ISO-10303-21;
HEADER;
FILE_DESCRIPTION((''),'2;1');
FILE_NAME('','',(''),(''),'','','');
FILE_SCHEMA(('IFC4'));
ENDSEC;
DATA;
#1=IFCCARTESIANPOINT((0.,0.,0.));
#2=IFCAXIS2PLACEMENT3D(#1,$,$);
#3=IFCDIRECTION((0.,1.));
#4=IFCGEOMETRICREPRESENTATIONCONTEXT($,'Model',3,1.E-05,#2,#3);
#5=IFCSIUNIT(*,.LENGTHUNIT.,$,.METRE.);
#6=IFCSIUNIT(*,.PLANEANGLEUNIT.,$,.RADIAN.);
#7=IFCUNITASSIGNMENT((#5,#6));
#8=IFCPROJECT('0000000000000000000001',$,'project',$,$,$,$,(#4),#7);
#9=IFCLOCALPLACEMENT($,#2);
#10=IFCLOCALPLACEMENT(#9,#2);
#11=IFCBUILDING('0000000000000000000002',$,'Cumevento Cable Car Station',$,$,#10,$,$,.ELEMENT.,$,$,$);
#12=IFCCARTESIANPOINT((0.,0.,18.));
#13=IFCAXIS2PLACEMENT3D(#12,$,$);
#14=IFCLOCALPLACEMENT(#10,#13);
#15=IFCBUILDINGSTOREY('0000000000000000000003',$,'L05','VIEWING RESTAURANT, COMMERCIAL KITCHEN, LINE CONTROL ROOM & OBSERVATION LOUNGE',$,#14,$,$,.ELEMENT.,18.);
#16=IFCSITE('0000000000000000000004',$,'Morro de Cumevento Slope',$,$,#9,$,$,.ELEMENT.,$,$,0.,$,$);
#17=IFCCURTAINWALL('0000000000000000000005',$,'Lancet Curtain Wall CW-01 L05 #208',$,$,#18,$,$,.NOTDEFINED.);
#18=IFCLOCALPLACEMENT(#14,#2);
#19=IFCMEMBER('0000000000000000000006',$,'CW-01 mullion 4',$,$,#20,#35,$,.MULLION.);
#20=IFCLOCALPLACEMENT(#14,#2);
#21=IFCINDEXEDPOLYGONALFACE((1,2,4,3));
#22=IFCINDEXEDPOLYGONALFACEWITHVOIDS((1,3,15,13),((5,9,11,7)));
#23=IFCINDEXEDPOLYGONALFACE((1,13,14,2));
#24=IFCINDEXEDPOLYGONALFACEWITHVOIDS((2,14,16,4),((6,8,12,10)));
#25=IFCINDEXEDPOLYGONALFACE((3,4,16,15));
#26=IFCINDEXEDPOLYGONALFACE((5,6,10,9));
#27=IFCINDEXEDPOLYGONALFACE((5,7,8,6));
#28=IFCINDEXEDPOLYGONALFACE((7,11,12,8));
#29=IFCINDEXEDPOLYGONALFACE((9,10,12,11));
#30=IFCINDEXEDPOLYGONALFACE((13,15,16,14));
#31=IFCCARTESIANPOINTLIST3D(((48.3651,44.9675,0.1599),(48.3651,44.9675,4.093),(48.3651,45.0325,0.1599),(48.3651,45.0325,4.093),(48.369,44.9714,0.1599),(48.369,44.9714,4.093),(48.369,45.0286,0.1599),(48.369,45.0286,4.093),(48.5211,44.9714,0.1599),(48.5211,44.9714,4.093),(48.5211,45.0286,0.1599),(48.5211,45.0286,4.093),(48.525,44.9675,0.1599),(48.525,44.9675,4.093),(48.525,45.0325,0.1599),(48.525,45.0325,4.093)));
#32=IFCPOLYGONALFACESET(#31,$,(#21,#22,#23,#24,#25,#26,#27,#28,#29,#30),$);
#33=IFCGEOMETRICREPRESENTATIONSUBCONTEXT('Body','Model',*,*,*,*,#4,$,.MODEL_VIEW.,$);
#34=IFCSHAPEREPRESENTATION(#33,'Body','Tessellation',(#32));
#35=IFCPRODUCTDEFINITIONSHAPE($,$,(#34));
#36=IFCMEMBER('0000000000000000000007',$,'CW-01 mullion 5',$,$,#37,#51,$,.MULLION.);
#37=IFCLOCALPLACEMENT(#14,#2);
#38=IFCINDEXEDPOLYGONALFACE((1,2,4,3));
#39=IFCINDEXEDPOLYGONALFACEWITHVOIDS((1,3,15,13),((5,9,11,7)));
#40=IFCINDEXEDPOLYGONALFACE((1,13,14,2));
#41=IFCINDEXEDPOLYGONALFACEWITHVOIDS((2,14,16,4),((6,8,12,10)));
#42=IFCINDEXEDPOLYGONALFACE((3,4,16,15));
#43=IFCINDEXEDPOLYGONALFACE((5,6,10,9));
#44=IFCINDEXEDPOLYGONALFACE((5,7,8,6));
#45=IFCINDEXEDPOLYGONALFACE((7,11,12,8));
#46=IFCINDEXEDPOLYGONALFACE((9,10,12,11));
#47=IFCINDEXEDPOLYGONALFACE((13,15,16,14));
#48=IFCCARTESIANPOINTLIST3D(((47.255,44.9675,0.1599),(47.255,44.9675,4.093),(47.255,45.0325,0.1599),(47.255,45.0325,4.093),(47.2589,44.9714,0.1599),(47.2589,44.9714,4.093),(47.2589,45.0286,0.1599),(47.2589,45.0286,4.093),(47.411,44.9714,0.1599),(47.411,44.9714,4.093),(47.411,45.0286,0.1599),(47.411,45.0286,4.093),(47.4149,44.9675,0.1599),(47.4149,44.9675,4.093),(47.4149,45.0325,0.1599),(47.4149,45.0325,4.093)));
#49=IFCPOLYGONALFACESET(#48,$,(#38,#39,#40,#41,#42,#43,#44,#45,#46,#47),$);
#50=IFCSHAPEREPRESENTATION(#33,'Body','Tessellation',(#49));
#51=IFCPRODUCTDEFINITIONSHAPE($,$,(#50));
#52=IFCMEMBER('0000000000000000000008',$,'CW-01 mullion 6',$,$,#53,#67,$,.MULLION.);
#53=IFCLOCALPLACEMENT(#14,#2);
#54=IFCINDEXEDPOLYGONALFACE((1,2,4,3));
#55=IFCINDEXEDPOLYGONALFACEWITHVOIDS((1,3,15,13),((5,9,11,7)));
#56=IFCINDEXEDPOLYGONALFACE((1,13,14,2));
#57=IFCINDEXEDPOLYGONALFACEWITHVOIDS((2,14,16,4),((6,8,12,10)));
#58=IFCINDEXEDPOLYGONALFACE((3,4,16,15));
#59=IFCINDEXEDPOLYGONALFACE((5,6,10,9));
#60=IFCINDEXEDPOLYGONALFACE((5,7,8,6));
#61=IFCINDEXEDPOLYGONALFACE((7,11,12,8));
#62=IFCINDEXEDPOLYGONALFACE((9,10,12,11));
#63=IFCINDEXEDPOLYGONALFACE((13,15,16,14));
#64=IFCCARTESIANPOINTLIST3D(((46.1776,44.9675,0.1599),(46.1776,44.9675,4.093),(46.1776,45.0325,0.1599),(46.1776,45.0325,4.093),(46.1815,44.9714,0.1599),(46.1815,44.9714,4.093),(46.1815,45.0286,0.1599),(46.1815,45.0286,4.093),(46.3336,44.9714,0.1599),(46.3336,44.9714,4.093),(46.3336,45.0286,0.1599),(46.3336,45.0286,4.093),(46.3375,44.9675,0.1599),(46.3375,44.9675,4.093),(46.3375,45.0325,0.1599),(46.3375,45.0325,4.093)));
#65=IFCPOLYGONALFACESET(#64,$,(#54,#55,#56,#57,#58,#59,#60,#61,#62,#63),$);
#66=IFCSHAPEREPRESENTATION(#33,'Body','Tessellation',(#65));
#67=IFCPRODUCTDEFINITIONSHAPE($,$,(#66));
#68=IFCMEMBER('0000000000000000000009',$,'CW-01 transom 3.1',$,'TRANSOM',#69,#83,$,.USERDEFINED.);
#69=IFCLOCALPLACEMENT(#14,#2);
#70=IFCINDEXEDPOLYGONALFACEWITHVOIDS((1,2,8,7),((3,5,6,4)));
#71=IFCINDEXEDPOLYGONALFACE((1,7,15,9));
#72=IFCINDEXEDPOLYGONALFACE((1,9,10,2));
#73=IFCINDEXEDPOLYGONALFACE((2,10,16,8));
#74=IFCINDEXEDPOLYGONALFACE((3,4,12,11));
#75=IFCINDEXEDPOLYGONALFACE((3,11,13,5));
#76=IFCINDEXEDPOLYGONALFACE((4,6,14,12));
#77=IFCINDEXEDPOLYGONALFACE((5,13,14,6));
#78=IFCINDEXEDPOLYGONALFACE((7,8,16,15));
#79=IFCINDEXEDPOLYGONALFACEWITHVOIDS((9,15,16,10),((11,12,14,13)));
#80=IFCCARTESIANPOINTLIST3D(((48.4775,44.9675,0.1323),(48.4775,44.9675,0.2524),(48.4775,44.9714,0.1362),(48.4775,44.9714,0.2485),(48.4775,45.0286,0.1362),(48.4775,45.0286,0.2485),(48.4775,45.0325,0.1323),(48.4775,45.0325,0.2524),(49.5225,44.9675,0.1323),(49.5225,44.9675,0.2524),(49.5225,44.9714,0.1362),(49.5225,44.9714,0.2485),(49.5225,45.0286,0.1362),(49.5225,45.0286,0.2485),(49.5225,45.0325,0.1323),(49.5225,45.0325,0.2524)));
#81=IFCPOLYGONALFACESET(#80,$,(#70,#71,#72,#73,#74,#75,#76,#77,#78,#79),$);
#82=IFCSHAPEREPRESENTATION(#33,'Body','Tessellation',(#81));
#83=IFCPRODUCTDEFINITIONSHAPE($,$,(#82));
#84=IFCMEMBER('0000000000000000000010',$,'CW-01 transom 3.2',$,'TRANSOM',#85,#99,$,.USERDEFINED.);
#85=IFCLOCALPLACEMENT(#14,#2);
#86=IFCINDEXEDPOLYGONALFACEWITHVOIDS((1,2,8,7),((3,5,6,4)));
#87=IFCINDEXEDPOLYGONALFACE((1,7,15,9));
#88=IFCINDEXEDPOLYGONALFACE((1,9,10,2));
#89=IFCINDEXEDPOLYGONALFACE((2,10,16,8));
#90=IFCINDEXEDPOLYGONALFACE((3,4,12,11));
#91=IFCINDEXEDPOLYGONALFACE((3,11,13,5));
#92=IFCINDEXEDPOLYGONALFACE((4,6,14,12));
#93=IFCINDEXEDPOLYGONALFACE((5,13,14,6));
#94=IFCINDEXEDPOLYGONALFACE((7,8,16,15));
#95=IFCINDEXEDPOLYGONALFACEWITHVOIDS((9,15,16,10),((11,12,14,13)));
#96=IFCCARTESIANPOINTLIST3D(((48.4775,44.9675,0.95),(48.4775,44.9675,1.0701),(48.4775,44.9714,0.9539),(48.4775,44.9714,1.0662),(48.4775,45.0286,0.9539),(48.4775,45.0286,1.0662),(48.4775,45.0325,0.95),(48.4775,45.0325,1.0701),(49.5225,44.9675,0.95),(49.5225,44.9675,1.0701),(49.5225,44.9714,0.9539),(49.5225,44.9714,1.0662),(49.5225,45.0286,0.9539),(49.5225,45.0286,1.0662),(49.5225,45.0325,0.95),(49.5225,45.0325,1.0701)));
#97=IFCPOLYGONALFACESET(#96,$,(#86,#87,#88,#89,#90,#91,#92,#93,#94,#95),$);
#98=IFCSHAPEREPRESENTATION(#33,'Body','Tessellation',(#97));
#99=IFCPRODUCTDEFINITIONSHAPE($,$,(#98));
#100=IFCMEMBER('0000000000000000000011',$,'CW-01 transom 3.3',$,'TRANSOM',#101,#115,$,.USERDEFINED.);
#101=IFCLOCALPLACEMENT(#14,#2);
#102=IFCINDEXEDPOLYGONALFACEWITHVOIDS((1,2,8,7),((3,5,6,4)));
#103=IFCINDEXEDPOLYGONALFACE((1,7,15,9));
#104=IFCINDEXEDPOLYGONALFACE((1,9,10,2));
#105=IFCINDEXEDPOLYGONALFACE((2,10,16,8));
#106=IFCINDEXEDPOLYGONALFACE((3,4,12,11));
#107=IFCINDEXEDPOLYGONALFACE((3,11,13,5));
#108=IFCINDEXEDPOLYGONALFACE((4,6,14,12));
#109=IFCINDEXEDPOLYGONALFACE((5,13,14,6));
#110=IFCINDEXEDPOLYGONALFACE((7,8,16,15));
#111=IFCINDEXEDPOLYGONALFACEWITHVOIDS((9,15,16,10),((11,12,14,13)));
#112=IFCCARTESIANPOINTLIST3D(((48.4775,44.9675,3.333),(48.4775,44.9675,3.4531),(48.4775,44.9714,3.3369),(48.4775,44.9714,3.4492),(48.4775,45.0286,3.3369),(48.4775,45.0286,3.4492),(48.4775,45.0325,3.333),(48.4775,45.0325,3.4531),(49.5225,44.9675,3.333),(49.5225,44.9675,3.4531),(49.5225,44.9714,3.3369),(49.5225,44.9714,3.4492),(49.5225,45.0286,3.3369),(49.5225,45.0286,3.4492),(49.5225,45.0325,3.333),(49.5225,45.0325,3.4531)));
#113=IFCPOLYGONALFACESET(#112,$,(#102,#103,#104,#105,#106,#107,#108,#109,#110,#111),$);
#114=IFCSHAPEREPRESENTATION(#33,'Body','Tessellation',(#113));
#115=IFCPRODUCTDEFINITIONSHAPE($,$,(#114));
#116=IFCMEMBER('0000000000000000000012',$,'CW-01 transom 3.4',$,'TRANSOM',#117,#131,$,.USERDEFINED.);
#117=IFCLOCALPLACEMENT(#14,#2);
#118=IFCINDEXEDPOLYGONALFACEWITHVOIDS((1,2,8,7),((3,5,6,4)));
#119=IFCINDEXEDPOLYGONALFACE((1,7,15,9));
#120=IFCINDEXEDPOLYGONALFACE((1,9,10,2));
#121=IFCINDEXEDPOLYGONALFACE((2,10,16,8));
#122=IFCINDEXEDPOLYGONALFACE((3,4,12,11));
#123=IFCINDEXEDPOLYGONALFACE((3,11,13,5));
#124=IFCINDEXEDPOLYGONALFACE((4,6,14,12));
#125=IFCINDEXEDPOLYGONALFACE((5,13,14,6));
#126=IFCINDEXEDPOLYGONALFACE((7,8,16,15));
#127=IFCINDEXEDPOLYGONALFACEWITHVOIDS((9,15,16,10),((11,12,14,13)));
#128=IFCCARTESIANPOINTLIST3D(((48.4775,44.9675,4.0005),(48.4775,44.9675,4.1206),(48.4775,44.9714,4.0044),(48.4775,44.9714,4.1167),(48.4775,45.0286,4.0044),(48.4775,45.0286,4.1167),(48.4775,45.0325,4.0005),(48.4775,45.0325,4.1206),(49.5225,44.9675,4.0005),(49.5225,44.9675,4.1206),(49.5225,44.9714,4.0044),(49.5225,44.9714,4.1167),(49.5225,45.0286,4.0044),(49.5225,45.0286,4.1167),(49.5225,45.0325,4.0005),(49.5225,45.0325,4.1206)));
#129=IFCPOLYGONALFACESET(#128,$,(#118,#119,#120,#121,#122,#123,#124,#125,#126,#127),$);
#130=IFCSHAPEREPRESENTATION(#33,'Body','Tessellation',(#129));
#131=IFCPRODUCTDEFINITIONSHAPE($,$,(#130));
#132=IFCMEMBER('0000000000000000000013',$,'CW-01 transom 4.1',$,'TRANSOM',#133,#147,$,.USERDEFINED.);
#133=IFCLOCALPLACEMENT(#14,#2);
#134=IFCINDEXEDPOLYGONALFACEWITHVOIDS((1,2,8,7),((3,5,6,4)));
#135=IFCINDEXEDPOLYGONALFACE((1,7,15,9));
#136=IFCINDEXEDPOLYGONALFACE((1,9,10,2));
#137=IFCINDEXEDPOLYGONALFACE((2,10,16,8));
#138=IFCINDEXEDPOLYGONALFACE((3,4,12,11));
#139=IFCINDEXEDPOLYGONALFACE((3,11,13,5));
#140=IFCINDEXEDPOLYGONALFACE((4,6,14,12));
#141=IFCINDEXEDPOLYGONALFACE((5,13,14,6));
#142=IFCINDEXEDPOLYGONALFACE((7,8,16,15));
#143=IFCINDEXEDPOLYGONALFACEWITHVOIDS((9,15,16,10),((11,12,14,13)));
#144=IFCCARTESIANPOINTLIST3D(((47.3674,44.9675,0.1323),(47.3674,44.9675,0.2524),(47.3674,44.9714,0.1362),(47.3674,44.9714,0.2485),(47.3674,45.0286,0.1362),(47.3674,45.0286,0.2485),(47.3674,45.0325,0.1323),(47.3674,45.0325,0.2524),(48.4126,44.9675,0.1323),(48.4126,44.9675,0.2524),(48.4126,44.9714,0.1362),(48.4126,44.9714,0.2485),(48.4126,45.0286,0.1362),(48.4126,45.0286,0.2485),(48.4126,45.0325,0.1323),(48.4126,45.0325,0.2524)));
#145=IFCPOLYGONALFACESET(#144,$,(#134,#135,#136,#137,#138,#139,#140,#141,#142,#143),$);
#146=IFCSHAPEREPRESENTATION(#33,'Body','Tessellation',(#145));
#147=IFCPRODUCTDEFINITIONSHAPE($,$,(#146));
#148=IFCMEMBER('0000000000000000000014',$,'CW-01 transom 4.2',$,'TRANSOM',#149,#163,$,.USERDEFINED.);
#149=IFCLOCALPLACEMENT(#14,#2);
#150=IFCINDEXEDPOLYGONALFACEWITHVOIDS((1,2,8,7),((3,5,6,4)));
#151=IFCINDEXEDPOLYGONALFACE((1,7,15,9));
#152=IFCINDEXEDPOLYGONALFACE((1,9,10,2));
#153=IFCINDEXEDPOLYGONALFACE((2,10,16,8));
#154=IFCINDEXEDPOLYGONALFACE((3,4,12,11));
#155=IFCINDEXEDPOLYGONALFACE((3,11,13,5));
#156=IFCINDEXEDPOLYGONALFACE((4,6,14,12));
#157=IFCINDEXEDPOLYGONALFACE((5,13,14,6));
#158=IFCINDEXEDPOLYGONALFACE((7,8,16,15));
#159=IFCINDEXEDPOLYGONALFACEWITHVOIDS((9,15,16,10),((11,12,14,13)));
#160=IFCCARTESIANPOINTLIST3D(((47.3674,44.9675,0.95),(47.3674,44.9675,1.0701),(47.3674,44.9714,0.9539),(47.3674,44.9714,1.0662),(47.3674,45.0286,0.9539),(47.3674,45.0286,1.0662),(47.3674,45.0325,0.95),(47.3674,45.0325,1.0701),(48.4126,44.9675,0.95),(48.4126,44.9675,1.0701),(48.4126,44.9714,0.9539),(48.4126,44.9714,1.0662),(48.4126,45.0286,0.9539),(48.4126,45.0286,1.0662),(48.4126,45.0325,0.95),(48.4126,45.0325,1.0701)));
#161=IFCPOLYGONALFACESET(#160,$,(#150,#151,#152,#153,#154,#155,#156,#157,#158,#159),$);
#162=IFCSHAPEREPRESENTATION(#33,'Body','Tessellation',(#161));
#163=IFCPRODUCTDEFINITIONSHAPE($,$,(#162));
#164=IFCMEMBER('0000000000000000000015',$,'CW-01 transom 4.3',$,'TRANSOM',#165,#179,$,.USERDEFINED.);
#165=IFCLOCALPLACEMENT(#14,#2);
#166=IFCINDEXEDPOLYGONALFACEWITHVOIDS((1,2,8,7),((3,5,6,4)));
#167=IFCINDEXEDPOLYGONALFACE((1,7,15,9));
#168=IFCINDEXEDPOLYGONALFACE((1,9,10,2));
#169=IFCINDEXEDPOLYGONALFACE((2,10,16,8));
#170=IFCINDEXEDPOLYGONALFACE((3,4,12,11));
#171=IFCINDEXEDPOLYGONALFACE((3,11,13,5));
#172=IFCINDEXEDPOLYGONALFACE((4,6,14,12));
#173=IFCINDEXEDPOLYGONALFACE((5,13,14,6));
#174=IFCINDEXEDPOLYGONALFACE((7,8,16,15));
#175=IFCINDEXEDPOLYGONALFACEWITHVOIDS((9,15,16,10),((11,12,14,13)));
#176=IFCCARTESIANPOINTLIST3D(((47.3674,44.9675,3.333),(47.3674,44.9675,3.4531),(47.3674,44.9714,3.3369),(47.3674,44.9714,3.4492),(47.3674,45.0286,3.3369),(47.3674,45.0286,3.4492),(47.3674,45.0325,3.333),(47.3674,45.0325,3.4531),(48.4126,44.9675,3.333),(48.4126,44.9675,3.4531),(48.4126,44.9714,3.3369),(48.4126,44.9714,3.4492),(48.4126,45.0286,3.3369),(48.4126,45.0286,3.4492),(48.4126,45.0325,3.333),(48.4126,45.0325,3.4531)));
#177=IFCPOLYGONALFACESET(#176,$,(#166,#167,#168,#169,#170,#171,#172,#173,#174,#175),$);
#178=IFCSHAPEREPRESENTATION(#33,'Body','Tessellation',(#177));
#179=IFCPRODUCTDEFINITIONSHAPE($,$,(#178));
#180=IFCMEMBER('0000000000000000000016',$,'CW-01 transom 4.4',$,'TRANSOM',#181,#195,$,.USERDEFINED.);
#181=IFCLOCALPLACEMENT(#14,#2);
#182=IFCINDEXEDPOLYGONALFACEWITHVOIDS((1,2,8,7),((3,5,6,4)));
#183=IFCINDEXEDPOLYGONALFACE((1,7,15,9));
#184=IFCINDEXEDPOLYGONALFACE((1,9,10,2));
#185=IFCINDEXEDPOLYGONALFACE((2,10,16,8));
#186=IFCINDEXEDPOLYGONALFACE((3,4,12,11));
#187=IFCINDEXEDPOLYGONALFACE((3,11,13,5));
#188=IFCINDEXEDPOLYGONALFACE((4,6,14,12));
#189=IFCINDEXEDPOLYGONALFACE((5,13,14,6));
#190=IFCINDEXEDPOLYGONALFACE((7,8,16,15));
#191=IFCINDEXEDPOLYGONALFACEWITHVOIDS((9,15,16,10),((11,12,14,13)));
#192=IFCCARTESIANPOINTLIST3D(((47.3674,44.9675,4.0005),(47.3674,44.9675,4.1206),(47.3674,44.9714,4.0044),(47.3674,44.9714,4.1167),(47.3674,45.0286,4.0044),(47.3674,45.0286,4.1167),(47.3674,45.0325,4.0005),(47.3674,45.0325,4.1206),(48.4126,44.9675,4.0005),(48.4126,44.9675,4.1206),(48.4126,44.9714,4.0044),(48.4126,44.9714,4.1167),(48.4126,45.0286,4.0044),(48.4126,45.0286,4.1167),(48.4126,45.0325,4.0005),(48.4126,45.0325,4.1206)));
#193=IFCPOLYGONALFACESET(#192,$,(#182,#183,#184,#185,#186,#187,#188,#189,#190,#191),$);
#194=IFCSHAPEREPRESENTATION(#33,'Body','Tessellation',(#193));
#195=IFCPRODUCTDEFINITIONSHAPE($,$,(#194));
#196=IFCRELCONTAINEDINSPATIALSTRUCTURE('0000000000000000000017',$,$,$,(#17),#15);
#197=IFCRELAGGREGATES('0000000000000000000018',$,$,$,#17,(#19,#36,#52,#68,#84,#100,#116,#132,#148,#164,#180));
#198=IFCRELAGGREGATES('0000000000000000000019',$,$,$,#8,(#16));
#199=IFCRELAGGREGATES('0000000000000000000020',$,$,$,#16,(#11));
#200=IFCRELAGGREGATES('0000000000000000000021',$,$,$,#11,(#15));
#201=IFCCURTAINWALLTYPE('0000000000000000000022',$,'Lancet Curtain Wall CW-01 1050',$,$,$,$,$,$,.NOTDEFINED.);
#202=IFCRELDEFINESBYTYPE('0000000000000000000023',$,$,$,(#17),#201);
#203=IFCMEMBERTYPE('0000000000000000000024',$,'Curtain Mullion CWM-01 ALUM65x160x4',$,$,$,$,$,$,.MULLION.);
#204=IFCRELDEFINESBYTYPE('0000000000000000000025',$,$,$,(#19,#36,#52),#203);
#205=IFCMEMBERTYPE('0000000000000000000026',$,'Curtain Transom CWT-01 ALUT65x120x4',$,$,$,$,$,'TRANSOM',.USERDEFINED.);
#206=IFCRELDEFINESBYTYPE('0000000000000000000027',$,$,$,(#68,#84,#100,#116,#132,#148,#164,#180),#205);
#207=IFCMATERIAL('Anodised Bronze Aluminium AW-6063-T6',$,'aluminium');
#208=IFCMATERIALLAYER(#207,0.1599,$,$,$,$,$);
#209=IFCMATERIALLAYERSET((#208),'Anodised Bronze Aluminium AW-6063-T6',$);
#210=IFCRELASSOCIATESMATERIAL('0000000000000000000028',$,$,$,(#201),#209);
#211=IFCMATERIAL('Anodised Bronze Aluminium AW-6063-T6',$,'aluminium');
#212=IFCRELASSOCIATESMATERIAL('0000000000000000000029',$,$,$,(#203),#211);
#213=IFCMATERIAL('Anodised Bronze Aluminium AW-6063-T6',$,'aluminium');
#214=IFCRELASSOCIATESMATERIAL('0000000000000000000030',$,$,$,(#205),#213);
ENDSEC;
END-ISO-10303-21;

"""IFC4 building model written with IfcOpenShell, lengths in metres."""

from ifc_helpers import new_model, si_unit, direction, frame, origin, origin_2d, place, context, subcontext, project, spatial, hollow_rectangle, extrude, material, layer, layer_set, material_profile, profile_set, type_object, element, aggregate, save


model = new_model("IFC4")

# Units and contexts
model_context = context("Model", 3, precision=1e-05, world=origin(), true_north=direction((0.0, 1.0)))
body_context = subcontext(model_context, "Body", "Model", "MODEL_VIEW")
ifc_project = project(units=[si_unit("LENGTHUNIT", "METRE"), si_unit("PLANEANGLEUNIT", "RADIAN")], contexts=[model_context])

# Site, building, storey
site_placement = place(None, origin())
site = spatial("IfcSite", under=ifc_project, at=site_placement, Name="Morro de Cumevento Slope", CompositionType="ELEMENT", RefElevation=0.0)
building_placement = place(site_placement, origin())
building = spatial("IfcBuilding", under=site, at=building_placement, Name="Cumevento Cable Car Station", CompositionType="ELEMENT")
storey_placement = place(building_placement, frame((0.0, 0.0, 18.0)))
storey = spatial("IfcBuildingStorey", under=building, at=storey_placement, Name="L05", Description="VIEWING RESTAURANT, COMMERCIAL KITCHEN, LINE CONTROL ROOM & OBSERVATION LOUNGE", CompositionType="ELEMENT", Elevation=18.0)

# Curtain wall, members
ifc_material_1 = material(Name="Anodised Bronze Aluminium AW-6063-T6", Category="aluminium")
ifc_layer_1 = layer(ifc_material_1, 0.1599)
ifc_layer_set_1 = layer_set([ifc_layer_1], Name="Anodised Bronze Aluminium AW-6063-T6")
curtain_wall_type = type_object("IfcCurtainWallType", Name="Lancet Curtain Wall CW-01 1050", PredefinedType="NOTDEFINED", material=ifc_layer_set_1)
curtain_wall_placement = place(storey_placement, origin())
curtain_wall = element("IfcCurtainWall", 1, at=curtain_wall_placement, inside=storey, type_object=curtain_wall_type, Name="Lancet Curtain Wall CW-01 L05 #208", PredefinedType="NOTDEFINED")
ifc_material_2 = material(Name="Anodised Bronze Aluminium AW-6063-T6", Category="aluminium")
ifc_material_profile_1 = material_profile(ifc_material_2, hollow_rectangle(XDim=0.0649, YDim=0.1599, WallThickness=0.0039, at=origin_2d()), Name="ALUM65x160x4")
ifc_profile_set_1 = profile_set([ifc_material_profile_1], Name="Anodised Bronze Aluminium AW-6063-T6")
member_type_1 = type_object("IfcMemberType", Name="Curtain Mullion CWM-01 ALUM65x160x4", PredefinedType="MULLION", material=ifc_profile_set_1)
member_1_placement = place(storey_placement, frame((48.4451, 45.0, 0.1599), z_axis=(0.0, 0.0, 1.0), x_axis=(0.0, -1.0, 0.0)))
member_1 = element("IfcMember", 2, at=member_1_placement, type_object=member_type_1, Name="CW-01 mullion 4", PredefinedType="MULLION", context=body_context, shape_type="SweptSolid", body=[
    extrude(hollow_rectangle(XDim=0.0649, YDim=0.1599, WallThickness=0.0039, at=origin_2d()), origin(), (0.0, 0.0, 1.0), 3.9331),
])
member_2_placement = place(storey_placement, frame((47.335, 45.0, 0.1599), z_axis=(0.0, 0.0, 1.0), x_axis=(0.0, -1.0, 0.0)))
member_2 = element("IfcMember", 3, at=member_2_placement, type_object=member_type_1, Name="CW-01 mullion 5", PredefinedType="MULLION", context=body_context, shape_type="SweptSolid", body=[
    extrude(hollow_rectangle(XDim=0.0649, YDim=0.1599, WallThickness=0.0039, at=origin_2d()), origin(), (0.0, 0.0, 1.0), 3.9331),
])
member_3_placement = place(storey_placement, frame((46.2576, 45.0, 0.1599), z_axis=(0.0, 0.0, 1.0), x_axis=(0.0, -1.0, 0.0)))
member_3 = element("IfcMember", 4, at=member_3_placement, type_object=member_type_1, Name="CW-01 mullion 6", PredefinedType="MULLION", context=body_context, shape_type="SweptSolid", body=[
    extrude(hollow_rectangle(XDim=0.0649, YDim=0.1599, WallThickness=0.0039, at=origin_2d()), origin(), (0.0, 0.0, 1.0), 3.9331),
])
ifc_material_3 = material(Name="Anodised Bronze Aluminium AW-6063-T6", Category="aluminium")
ifc_material_profile_2 = material_profile(ifc_material_3, hollow_rectangle(XDim=0.0649, YDim=0.1201, WallThickness=0.0039, at=origin_2d()), Name="ALUT65x120x4")
ifc_profile_set_2 = profile_set([ifc_material_profile_2], Name="Anodised Bronze Aluminium AW-6063-T6")
member_type_2 = type_object("IfcMemberType", Name="Curtain Transom CWT-01 ALUT65x120x4", ElementType="TRANSOM", PredefinedType="USERDEFINED", material=ifc_profile_set_2)
member_4_placement = place(storey_placement, frame((49.5225, 45.0, 0.1924), z_axis=(-1.0, 0.0, 0.0), x_axis=(0.0, -1.0, 0.0)))
member_4 = element("IfcMember", 5, at=member_4_placement, type_object=member_type_2, Name="CW-01 transom 3.1", ObjectType="TRANSOM", PredefinedType="USERDEFINED", context=body_context, shape_type="SweptSolid", body=[
    extrude(hollow_rectangle(XDim=0.0649, YDim=0.1201, WallThickness=0.0039, at=origin_2d()), origin(), (0.0, 0.0, 1.0), 1.0449),
])
member_5_placement = place(storey_placement, frame((49.5225, 45.0, 1.01), z_axis=(-1.0, 0.0, 0.0), x_axis=(0.0, -1.0, 0.0)))
member_5 = element("IfcMember", 6, at=member_5_placement, type_object=member_type_2, Name="CW-01 transom 3.2", ObjectType="TRANSOM", PredefinedType="USERDEFINED", context=body_context, shape_type="SweptSolid", body=[
    extrude(hollow_rectangle(XDim=0.0649, YDim=0.1201, WallThickness=0.0039, at=origin_2d()), origin(), (0.0, 0.0, 1.0), 1.0449),
])
member_6_placement = place(storey_placement, frame((49.5225, 45.0, 3.3931), z_axis=(-1.0, 0.0, 0.0), x_axis=(0.0, -1.0, 0.0)))
member_6 = element("IfcMember", 7, at=member_6_placement, type_object=member_type_2, Name="CW-01 transom 3.3", ObjectType="TRANSOM", PredefinedType="USERDEFINED", context=body_context, shape_type="SweptSolid", body=[
    extrude(hollow_rectangle(XDim=0.0649, YDim=0.1201, WallThickness=0.0039, at=origin_2d()), origin(), (0.0, 0.0, 1.0), 1.0449),
])
member_7_placement = place(storey_placement, frame((49.5225, 45.0, 4.0605), z_axis=(-1.0, 0.0, 0.0), x_axis=(0.0, -1.0, 0.0)))
member_7 = element("IfcMember", 8, at=member_7_placement, type_object=member_type_2, Name="CW-01 transom 3.4", ObjectType="TRANSOM", PredefinedType="USERDEFINED", context=body_context, shape_type="SweptSolid", body=[
    extrude(hollow_rectangle(XDim=0.0649, YDim=0.1201, WallThickness=0.0039, at=origin_2d()), origin(), (0.0, 0.0, 1.0), 1.0449),
])
member_8_placement = place(storey_placement, frame((48.4126, 45.0, 0.1924), z_axis=(-1.0, 0.0, 0.0), x_axis=(0.0, -1.0, 0.0)))
member_8 = element("IfcMember", 9, at=member_8_placement, type_object=member_type_2, Name="CW-01 transom 4.1", ObjectType="TRANSOM", PredefinedType="USERDEFINED", context=body_context, shape_type="SweptSolid", body=[
    extrude(hollow_rectangle(XDim=0.0649, YDim=0.1201, WallThickness=0.0039, at=origin_2d()), origin(), (0.0, 0.0, 1.0), 1.0452),
])
member_9_placement = place(storey_placement, frame((48.4126, 45.0, 1.01), z_axis=(-1.0, 0.0, 0.0), x_axis=(0.0, -1.0, 0.0)))
member_9 = element("IfcMember", 10, at=member_9_placement, type_object=member_type_2, Name="CW-01 transom 4.2", ObjectType="TRANSOM", PredefinedType="USERDEFINED", context=body_context, shape_type="SweptSolid", body=[
    extrude(hollow_rectangle(XDim=0.0649, YDim=0.1201, WallThickness=0.0039, at=origin_2d()), origin(), (0.0, 0.0, 1.0), 1.0452),
])
member_10_placement = place(storey_placement, frame((48.4126, 45.0, 3.3931), z_axis=(-1.0, 0.0, 0.0), x_axis=(0.0, -1.0, 0.0)))
member_10 = element("IfcMember", 11, at=member_10_placement, type_object=member_type_2, Name="CW-01 transom 4.3", ObjectType="TRANSOM", PredefinedType="USERDEFINED", context=body_context, shape_type="SweptSolid", body=[
    extrude(hollow_rectangle(XDim=0.0649, YDim=0.1201, WallThickness=0.0039, at=origin_2d()), origin(), (0.0, 0.0, 1.0), 1.0452),
])
member_11_placement = place(storey_placement, frame((48.4126, 45.0, 4.0605), z_axis=(-1.0, 0.0, 0.0), x_axis=(0.0, -1.0, 0.0)))
member_11 = element("IfcMember", 12, at=member_11_placement, type_object=member_type_2, Name="CW-01 transom 4.4", ObjectType="TRANSOM", PredefinedType="USERDEFINED", context=body_context, shape_type="SweptSolid", body=[
    extrude(hollow_rectangle(XDim=0.0649, YDim=0.1201, WallThickness=0.0039, at=origin_2d()), origin(), (0.0, 0.0, 1.0), 1.0452),
])
aggregate(curtain_wall, [member_1, member_2, member_3, member_4, member_5, member_6, member_7, member_8, member_9, member_10, member_11])

save(model, "model.ifc")
